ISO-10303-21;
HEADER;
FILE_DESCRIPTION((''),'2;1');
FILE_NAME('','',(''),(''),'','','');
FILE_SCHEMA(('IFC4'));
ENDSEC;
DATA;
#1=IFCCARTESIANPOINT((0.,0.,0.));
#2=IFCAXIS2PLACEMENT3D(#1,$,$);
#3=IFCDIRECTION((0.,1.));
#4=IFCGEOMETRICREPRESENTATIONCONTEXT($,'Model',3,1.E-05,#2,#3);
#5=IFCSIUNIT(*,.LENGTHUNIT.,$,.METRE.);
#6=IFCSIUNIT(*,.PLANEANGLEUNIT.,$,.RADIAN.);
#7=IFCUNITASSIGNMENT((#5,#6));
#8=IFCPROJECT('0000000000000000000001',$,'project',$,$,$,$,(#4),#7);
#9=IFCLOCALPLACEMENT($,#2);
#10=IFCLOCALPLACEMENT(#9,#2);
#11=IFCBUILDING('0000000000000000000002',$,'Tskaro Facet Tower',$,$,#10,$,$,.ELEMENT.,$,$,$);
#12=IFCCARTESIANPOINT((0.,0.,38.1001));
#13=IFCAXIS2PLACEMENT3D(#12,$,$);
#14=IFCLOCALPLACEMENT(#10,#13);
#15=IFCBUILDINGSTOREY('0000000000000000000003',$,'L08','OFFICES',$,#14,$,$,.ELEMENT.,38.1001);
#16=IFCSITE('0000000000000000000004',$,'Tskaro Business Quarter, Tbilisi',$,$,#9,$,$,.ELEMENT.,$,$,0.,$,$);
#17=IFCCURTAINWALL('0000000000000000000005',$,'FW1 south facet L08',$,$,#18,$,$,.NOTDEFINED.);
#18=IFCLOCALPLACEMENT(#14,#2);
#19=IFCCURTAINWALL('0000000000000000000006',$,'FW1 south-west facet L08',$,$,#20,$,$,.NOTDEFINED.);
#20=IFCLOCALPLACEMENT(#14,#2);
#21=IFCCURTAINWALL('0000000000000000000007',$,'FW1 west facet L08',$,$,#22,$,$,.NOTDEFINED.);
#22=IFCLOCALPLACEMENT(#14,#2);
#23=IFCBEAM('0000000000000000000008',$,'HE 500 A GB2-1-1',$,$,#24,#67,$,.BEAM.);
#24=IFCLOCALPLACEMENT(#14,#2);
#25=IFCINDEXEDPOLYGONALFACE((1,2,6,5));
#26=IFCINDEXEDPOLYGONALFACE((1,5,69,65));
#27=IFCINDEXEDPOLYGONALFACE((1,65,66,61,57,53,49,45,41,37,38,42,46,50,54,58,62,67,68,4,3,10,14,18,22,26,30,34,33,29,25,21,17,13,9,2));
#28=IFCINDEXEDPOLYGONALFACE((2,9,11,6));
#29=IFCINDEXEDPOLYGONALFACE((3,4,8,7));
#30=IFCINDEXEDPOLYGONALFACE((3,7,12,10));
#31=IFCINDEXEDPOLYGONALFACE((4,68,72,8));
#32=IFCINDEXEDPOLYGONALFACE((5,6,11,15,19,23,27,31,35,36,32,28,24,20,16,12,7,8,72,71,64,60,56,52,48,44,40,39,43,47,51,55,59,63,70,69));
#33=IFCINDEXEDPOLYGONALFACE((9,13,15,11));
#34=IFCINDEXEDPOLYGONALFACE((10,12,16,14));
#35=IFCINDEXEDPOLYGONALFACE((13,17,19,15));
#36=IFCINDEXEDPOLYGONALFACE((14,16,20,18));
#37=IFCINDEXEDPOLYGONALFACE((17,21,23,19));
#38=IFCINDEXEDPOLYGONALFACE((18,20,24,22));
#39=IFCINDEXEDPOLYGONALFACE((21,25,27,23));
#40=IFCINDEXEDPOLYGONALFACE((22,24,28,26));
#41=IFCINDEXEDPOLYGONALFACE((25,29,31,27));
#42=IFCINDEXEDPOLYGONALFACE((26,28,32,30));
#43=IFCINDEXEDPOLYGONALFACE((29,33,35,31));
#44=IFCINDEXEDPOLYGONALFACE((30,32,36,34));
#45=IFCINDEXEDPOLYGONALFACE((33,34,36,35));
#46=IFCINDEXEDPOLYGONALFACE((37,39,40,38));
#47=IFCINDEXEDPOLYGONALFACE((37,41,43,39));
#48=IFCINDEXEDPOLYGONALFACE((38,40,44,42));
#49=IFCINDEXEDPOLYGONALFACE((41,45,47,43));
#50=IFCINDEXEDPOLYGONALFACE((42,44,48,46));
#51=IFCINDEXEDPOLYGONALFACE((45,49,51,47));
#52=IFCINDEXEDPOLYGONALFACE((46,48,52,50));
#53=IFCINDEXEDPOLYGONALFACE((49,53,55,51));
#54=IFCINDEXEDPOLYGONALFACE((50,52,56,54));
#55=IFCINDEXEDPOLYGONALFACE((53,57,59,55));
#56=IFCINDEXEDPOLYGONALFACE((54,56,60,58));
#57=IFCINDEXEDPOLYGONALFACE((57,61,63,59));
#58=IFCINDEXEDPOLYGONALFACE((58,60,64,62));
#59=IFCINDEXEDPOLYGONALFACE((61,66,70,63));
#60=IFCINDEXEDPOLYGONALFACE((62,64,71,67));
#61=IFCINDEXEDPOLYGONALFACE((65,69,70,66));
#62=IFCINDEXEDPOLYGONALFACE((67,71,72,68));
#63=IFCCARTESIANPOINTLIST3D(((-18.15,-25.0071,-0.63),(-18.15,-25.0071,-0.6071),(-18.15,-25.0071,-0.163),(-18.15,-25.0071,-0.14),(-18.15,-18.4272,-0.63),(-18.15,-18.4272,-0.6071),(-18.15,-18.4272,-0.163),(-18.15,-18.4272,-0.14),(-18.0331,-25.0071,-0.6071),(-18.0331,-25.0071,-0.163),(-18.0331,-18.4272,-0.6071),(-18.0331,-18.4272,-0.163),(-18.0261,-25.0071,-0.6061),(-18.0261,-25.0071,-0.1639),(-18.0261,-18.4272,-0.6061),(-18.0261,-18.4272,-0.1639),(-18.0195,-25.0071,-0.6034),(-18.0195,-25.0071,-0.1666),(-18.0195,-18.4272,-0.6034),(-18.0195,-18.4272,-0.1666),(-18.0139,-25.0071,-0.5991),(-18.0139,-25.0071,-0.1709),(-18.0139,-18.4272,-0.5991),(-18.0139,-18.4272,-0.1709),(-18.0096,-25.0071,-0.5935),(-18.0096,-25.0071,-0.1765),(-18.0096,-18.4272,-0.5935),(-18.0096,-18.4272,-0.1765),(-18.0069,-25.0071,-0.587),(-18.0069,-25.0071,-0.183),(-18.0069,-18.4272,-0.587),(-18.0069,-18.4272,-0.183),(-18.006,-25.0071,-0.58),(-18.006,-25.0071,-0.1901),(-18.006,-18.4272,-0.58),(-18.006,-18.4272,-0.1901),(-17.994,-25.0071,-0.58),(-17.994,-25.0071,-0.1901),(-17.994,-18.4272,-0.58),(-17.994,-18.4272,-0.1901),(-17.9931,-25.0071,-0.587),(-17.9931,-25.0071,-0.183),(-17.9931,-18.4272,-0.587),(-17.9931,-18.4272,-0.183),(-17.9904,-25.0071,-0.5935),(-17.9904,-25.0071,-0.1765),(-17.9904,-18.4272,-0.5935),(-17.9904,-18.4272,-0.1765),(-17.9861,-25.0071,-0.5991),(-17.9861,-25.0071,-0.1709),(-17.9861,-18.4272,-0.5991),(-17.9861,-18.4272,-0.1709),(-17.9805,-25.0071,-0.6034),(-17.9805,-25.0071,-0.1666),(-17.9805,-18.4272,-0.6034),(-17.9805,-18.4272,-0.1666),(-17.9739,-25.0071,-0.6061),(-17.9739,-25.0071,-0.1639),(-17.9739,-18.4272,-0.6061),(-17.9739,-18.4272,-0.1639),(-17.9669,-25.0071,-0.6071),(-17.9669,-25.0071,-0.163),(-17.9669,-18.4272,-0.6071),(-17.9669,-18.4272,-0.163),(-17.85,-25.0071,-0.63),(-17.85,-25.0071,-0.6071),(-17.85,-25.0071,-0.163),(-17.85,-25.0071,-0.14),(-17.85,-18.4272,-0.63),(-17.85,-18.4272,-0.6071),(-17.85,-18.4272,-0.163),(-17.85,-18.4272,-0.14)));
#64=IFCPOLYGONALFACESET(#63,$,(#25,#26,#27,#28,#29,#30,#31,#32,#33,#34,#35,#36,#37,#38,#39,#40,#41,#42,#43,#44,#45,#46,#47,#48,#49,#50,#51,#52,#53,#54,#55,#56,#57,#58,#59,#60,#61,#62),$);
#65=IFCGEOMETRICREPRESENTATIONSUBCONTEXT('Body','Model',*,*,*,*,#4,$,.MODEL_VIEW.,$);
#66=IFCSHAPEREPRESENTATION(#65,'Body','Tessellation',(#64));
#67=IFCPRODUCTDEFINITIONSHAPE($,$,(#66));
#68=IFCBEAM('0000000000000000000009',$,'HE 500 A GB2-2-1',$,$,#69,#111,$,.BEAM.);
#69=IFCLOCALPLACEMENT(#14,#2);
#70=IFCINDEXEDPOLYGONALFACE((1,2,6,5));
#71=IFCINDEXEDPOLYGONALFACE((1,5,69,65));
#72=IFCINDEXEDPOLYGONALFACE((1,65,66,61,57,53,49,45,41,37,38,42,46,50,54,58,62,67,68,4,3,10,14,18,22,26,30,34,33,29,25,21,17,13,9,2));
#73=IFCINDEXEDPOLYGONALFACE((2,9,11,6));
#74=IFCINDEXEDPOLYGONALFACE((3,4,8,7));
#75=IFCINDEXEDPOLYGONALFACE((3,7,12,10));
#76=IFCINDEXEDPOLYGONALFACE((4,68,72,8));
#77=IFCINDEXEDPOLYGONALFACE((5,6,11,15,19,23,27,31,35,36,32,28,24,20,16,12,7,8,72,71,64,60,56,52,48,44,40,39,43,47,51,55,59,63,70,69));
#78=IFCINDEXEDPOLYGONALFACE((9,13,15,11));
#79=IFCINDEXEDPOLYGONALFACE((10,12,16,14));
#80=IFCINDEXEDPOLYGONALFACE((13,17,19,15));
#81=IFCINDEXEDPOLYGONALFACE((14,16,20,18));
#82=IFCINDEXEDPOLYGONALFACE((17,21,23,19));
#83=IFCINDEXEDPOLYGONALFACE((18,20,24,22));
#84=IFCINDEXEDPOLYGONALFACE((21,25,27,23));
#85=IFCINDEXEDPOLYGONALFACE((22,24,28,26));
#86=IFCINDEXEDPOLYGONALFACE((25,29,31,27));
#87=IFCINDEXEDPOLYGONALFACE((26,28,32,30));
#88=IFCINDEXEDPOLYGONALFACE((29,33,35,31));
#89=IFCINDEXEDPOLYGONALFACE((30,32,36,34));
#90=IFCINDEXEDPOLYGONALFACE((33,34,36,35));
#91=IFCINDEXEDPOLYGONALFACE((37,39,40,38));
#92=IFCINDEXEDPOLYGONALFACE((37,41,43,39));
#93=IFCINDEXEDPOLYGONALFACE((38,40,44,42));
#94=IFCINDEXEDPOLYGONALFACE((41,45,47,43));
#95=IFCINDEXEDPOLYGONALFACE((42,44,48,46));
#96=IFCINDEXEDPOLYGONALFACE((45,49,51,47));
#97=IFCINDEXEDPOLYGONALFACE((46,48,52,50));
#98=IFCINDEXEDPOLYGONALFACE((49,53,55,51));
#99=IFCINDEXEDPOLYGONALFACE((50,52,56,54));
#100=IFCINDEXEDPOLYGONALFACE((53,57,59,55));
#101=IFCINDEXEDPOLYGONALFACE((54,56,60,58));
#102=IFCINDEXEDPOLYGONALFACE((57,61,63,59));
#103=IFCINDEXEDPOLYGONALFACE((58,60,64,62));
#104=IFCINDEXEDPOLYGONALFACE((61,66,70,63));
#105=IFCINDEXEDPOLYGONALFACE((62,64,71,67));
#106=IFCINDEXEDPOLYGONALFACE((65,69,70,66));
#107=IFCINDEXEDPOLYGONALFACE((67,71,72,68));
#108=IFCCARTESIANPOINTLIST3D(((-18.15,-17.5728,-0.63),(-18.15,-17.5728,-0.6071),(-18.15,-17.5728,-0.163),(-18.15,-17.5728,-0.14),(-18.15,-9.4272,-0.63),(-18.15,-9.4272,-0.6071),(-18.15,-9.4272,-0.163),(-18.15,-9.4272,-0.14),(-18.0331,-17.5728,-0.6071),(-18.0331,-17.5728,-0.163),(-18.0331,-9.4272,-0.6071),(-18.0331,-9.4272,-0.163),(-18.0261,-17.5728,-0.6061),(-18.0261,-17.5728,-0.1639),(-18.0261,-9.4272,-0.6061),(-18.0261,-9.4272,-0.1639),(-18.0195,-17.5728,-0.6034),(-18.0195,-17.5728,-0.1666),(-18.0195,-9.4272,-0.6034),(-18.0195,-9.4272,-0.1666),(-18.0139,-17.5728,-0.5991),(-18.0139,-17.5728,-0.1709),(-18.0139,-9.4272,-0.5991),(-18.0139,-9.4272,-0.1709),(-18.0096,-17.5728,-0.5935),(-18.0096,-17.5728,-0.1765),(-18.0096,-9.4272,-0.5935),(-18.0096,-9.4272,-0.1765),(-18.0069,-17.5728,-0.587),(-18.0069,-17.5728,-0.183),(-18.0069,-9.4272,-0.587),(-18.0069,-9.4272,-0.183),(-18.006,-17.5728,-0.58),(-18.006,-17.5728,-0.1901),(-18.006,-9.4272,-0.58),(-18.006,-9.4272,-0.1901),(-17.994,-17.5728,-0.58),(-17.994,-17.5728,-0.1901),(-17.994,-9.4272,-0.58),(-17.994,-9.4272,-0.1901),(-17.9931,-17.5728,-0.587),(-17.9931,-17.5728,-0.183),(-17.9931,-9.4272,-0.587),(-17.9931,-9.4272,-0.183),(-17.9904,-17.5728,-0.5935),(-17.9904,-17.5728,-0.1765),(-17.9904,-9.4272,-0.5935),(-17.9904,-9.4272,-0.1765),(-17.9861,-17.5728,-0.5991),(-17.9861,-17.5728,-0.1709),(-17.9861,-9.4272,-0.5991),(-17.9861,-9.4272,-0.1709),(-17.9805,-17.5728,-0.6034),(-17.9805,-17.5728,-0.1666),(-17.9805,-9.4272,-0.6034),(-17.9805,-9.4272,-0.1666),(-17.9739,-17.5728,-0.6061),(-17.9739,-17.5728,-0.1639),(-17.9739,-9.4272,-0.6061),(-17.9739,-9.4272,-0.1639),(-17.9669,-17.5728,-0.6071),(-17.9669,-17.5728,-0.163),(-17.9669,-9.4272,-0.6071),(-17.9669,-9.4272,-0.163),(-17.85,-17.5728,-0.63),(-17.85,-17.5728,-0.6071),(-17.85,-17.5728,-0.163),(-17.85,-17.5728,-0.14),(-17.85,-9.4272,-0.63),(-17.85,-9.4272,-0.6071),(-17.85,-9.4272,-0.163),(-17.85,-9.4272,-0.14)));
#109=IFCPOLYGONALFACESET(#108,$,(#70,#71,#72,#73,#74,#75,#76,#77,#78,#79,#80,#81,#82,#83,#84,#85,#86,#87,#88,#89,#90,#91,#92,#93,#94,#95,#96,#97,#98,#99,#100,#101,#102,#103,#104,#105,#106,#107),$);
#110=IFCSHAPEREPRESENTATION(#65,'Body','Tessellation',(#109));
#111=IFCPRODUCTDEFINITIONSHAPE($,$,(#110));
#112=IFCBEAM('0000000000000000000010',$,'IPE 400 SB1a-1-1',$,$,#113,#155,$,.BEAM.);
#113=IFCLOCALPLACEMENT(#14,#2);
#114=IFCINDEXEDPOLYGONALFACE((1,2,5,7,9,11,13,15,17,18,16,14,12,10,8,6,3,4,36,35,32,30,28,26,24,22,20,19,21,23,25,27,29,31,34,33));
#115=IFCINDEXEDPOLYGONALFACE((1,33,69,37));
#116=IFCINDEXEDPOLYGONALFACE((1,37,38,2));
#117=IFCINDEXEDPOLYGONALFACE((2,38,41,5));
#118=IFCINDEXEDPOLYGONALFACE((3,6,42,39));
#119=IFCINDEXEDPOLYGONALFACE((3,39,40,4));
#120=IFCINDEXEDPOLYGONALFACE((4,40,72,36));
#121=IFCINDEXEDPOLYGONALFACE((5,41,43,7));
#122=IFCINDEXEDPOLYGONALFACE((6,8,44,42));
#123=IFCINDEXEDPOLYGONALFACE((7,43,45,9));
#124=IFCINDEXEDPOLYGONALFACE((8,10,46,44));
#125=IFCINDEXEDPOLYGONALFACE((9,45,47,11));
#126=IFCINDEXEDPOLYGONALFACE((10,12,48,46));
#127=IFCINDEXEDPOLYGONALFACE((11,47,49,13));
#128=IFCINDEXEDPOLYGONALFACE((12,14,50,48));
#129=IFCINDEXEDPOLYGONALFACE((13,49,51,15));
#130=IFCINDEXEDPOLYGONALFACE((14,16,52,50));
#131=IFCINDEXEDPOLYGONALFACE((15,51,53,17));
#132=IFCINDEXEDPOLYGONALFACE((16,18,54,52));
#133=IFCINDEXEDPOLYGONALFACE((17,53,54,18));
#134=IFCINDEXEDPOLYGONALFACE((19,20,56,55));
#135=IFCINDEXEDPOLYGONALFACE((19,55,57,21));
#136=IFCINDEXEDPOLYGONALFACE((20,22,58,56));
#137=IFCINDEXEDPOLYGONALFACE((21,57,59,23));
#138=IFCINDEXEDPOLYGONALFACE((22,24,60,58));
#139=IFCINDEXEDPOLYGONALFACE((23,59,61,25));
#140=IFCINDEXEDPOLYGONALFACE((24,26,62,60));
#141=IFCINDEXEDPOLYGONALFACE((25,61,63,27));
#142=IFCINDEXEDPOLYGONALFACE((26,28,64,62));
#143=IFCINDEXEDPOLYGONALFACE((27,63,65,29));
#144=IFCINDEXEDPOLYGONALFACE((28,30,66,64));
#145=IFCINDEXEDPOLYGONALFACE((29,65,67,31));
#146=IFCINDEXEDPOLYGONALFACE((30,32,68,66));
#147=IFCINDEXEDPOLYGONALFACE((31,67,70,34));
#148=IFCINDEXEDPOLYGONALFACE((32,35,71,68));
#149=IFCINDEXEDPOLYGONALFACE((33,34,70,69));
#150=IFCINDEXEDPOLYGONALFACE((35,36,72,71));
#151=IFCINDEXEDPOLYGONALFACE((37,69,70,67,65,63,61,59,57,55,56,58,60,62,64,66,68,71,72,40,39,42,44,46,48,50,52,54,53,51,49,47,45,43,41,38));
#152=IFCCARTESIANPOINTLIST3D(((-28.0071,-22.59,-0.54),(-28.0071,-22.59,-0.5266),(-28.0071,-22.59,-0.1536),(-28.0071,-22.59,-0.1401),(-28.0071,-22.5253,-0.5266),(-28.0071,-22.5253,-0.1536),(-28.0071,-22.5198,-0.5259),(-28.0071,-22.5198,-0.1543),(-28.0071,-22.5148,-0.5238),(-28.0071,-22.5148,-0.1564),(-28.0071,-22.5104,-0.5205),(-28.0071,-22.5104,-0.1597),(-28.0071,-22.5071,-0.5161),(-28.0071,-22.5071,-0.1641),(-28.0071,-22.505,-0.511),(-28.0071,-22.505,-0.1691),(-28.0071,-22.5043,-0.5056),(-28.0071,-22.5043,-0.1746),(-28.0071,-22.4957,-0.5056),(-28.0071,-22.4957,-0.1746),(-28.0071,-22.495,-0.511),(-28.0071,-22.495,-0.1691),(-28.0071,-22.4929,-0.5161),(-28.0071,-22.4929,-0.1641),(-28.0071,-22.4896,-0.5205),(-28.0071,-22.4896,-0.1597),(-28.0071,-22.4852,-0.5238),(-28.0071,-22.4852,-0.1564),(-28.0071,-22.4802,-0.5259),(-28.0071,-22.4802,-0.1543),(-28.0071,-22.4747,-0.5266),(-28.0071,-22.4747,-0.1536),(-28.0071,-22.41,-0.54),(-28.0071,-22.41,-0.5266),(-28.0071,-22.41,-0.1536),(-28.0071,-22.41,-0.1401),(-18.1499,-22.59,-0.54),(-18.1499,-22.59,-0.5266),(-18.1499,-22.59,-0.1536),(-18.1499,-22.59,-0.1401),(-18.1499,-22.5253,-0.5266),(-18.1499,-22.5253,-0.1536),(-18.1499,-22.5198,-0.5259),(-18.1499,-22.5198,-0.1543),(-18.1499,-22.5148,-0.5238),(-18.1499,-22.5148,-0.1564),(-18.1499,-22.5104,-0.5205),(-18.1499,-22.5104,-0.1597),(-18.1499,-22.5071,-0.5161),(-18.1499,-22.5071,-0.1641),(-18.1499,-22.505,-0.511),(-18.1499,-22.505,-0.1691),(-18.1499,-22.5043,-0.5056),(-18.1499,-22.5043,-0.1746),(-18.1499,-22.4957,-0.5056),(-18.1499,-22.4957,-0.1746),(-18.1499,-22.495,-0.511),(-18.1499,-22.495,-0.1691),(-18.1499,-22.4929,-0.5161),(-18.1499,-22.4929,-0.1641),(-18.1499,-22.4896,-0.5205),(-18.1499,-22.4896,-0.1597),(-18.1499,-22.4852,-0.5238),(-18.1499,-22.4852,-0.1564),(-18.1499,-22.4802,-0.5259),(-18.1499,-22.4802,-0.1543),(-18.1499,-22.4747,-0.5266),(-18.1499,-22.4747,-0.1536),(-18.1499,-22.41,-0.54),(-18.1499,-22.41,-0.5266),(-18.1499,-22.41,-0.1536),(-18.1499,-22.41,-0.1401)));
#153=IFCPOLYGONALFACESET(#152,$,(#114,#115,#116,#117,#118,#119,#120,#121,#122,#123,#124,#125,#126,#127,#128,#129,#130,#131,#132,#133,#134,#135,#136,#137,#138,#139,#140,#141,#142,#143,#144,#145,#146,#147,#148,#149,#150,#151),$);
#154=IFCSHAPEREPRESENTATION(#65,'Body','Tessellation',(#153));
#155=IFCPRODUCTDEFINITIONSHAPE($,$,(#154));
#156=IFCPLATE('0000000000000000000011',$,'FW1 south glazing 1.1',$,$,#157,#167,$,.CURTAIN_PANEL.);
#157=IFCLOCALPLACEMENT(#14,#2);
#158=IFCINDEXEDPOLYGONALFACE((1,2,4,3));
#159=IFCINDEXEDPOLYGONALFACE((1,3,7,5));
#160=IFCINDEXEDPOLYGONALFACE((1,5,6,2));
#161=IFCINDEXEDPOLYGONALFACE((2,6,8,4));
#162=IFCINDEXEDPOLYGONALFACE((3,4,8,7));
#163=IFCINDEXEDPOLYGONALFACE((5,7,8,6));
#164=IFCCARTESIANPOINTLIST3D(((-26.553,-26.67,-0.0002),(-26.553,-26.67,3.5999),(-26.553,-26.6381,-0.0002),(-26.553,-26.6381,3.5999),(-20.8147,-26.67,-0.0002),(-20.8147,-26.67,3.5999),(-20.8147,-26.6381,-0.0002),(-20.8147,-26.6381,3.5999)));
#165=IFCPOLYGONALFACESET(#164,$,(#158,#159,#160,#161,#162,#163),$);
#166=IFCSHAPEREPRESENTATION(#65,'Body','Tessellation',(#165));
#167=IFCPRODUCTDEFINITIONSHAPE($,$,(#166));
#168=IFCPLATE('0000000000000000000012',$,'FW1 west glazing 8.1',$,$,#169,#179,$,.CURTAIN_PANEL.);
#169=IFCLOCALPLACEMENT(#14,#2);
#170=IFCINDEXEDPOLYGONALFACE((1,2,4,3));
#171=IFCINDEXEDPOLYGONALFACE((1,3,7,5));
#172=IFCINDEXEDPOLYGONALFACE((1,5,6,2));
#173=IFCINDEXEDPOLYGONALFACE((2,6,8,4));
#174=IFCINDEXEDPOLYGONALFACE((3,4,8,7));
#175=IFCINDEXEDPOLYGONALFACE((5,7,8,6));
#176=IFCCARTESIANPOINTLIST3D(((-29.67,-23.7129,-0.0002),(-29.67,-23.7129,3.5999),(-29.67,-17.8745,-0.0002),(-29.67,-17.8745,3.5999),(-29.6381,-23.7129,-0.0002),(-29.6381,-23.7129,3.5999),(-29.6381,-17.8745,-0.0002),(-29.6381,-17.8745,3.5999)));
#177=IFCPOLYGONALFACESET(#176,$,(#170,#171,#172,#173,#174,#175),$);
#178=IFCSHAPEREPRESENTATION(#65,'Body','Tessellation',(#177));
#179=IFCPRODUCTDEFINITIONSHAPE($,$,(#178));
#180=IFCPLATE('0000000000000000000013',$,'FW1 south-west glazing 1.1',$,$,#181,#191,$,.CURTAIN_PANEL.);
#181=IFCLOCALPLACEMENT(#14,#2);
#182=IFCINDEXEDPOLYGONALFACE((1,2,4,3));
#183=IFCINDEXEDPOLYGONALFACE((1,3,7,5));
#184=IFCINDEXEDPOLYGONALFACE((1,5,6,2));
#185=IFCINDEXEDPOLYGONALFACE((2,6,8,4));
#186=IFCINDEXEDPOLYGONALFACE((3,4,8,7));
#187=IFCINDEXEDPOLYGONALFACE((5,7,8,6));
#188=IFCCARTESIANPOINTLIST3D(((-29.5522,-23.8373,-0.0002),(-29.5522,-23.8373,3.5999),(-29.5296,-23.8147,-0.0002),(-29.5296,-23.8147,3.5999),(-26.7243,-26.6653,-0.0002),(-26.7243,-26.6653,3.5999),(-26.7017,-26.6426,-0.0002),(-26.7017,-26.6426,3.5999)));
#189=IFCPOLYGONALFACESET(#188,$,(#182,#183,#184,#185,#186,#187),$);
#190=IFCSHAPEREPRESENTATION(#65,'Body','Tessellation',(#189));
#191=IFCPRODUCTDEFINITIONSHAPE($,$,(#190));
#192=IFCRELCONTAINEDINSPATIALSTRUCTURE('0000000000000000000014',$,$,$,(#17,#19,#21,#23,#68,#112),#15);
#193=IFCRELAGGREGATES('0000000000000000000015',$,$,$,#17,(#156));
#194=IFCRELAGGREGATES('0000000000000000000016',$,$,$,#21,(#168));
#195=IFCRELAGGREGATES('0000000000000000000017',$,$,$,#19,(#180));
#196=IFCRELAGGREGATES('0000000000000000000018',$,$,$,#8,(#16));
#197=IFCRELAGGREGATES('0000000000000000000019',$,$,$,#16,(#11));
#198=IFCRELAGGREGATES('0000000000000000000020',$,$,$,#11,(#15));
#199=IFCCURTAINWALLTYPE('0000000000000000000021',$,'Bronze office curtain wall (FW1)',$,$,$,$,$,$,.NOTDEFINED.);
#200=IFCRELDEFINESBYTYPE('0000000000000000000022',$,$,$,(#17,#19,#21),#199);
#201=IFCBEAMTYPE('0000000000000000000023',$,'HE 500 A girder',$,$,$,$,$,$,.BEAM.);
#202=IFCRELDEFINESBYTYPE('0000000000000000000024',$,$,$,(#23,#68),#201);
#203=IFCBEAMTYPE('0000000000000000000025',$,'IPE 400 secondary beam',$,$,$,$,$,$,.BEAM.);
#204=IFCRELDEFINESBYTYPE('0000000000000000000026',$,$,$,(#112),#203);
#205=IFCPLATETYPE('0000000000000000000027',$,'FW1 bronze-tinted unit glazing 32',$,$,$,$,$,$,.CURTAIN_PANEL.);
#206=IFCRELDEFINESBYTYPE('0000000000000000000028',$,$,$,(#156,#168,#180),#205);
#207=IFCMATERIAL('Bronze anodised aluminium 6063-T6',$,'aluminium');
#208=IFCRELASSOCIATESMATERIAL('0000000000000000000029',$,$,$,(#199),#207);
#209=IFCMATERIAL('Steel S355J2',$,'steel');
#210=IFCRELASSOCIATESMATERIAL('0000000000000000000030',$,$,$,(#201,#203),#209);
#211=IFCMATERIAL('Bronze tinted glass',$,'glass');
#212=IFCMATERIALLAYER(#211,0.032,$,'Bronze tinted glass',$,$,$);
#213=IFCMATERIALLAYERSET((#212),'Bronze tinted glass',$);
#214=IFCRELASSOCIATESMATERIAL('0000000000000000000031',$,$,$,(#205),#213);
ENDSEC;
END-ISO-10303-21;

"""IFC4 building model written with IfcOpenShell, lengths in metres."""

from ifc_helpers import new_model, si_unit, direction, frame, origin, origin_2d, place, context, subcontext, project, spatial, rectangle, i_section, extrude, material, layer, layer_set, material_profile, profile_set, type_object, element, aggregate, save


model = new_model("IFC4")

# Units and contexts
model_context = context("Model", 3, precision=1e-05, world=origin(), true_north=direction((0.0, 1.0)))
body_context = subcontext(model_context, "Body", "Model", "MODEL_VIEW")
ifc_project = project(units=[si_unit("LENGTHUNIT", "METRE"), si_unit("PLANEANGLEUNIT", "RADIAN")], contexts=[model_context])

# Site, building, storey
site_placement = place(None, origin())
site = spatial("IfcSite", under=ifc_project, at=site_placement, Name="Tskaro Business Quarter, Tbilisi", CompositionType="ELEMENT", RefElevation=0.0)
building_placement = place(site_placement, origin())
building = spatial("IfcBuilding", under=site, at=building_placement, Name="Tskaro Facet Tower", CompositionType="ELEMENT")
storey_placement = place(building_placement, frame((0.0, 0.0, 38.1001)))
storey = spatial("IfcBuildingStorey", under=building, at=storey_placement, Name="L08", Description="OFFICES", CompositionType="ELEMENT", Elevation=38.1001)

# Curtain walls
ifc_material_1 = material(Name="Bronze anodised aluminium 6063-T6", Category="aluminium")
curtain_wall_type = type_object("IfcCurtainWallType", Name="Bronze office curtain wall (FW1)", PredefinedType="NOTDEFINED", material=ifc_material_1)
curtain_wall_1_placement = place(storey_placement, origin())
curtain_wall_1 = element("IfcCurtainWall", 1, at=curtain_wall_1_placement, inside=storey, type_object=curtain_wall_type, Name="FW1 south facet L08", PredefinedType="NOTDEFINED")
curtain_wall_2_placement = place(storey_placement, origin())
curtain_wall_2 = element("IfcCurtainWall", 2, at=curtain_wall_2_placement, inside=storey, type_object=curtain_wall_type, Name="FW1 south-west facet L08", PredefinedType="NOTDEFINED")

# Curtain wall
curtain_wall_3_placement = place(storey_placement, origin())
curtain_wall_3 = element("IfcCurtainWall", 3, at=curtain_wall_3_placement, inside=storey, type_object=curtain_wall_type, Name="FW1 west facet L08", PredefinedType="NOTDEFINED")

# Beams
ifc_material_2 = material(Name="Steel S355J2", Category="steel")
ifc_material_profile_1 = material_profile(ifc_material_2, i_section(OverallWidth=0.3, OverallDepth=0.49, WebThickness=0.012, FlangeThickness=0.0229, FilletRadius=0.0271, at=origin_2d()), Name="HE 500 A")
ifc_profile_set_1 = profile_set([ifc_material_profile_1], Name="Steel S355J2")
beam_type_1 = type_object("IfcBeamType", Name="HE 500 A girder", PredefinedType="BEAM", material=ifc_profile_set_1)
beam_1_placement = place(storey_placement, frame((-18.0, -25.0071, -0.385), z_axis=(0.0, 1.0, 0.0), x_axis=(-1.0, 0.0, 0.0)))
element("IfcBeam", 4, at=beam_1_placement, inside=storey, type_object=beam_type_1, Name="HE 500 A GB2-1-1", PredefinedType="BEAM", context=body_context, shape_type="SweptSolid", body=[
    extrude(i_section(OverallWidth=0.3, OverallDepth=0.49, WebThickness=0.012, FlangeThickness=0.0229, FilletRadius=0.0271, at=origin_2d()), origin(), (0.0, 0.0, 1.0), 6.5798),
])
beam_2_placement = place(storey_placement, frame((-18.0, -17.5728, -0.385), z_axis=(0.0, 1.0, 0.0), x_axis=(-1.0, 0.0, 0.0)))
element("IfcBeam", 5, at=beam_2_placement, inside=storey, type_object=beam_type_1, Name="HE 500 A GB2-2-1", PredefinedType="BEAM", context=body_context, shape_type="SweptSolid", body=[
    extrude(i_section(OverallWidth=0.3, OverallDepth=0.49, WebThickness=0.012, FlangeThickness=0.0229, FilletRadius=0.0271, at=origin_2d()), origin(), (0.0, 0.0, 1.0), 8.1455),
])
ifc_material_profile_2 = material_profile(ifc_material_2, i_section(OverallWidth=0.1799, OverallDepth=0.3999, WebThickness=0.0085, FlangeThickness=0.0134, FilletRadius=0.021, at=origin_2d()), Name="IPE 400")
ifc_profile_set_2 = profile_set([ifc_material_profile_2], Name="Steel S355J2")
beam_type_2 = type_object("IfcBeamType", Name="IPE 400 secondary beam", PredefinedType="BEAM", material=ifc_profile_set_2)
beam_3_placement = place(storey_placement, frame((-28.0071, -22.5, -0.3401), z_axis=(1.0, 0.0, 0.0), x_axis=(0.0, 1.0, 0.0)))
element("IfcBeam", 6, at=beam_3_placement, inside=storey, type_object=beam_type_2, Name="IPE 400 SB1a-1-1", PredefinedType="BEAM", context=body_context, shape_type="SweptSolid", body=[
    extrude(i_section(OverallWidth=0.1799, OverallDepth=0.3999, WebThickness=0.0085, FlangeThickness=0.0134, FilletRadius=0.021, at=origin_2d()), origin(), (0.0, 0.0, 1.0), 9.8572),
])

# Plates
ifc_material_3 = material(Name="Bronze tinted glass", Category="glass")
ifc_layer_1 = layer(ifc_material_3, 0.032, Name="Bronze tinted glass")
ifc_layer_set_1 = layer_set([ifc_layer_1], Name="Bronze tinted glass")
plate_type = type_object("IfcPlateType", Name="FW1 bronze-tinted unit glazing 32", PredefinedType="CURTAIN_PANEL", material=ifc_layer_set_1)
plate_1_placement = place(storey_placement, frame((-23.6838, -26.6541, -0.0002), z_axis=(0.0, 0.0, 1.0), x_axis=(1.0, 0.0, 0.0)))
plate_1 = element("IfcPlate", 7, at=plate_1_placement, type_object=plate_type, Name="FW1 south glazing 1.1", PredefinedType="CURTAIN_PANEL", context=body_context, shape_type="SweptSolid", body=[
    extrude(rectangle(XDim=5.7383, YDim=0.032, at=origin_2d()), origin(), (0.0, 0.0, 1.0), 3.6001),
])
aggregate(curtain_wall_1, [plate_1])
plate_2_placement = place(storey_placement, frame((-29.6541, -20.7937, -0.0002), z_axis=(0.0, 0.0, 1.0), x_axis=(0.0, -1.0, 0.0)))
plate_2 = element("IfcPlate", 8, at=plate_2_placement, type_object=plate_type, Name="FW1 west glazing 8.1", PredefinedType="CURTAIN_PANEL", context=body_context, shape_type="SweptSolid", body=[
    extrude(rectangle(XDim=5.8384, YDim=0.032, at=origin_2d()), origin(), (0.0, 0.0, 1.0), 3.6001),
])
aggregate(curtain_wall_3, [plate_2])
plate_3_placement = place(storey_placement, frame((-28.127, -25.24, -0.0002), z_axis=(0.0, 0.0, 1.0), x_axis=(0.707107, -0.707107, 0.0)))
plate_3 = element("IfcPlate", 9, at=plate_3_placement, type_object=plate_type, Name="FW1 south-west glazing 1.1", PredefinedType="CURTAIN_PANEL", context=body_context, shape_type="SweptSolid", body=[
    extrude(rectangle(XDim=3.9993, YDim=0.032, at=origin_2d()), origin(), (0.0, 0.0, 1.0), 3.6001),
])
aggregate(curtain_wall_2, [plate_3])

save(model, "model.ifc")
